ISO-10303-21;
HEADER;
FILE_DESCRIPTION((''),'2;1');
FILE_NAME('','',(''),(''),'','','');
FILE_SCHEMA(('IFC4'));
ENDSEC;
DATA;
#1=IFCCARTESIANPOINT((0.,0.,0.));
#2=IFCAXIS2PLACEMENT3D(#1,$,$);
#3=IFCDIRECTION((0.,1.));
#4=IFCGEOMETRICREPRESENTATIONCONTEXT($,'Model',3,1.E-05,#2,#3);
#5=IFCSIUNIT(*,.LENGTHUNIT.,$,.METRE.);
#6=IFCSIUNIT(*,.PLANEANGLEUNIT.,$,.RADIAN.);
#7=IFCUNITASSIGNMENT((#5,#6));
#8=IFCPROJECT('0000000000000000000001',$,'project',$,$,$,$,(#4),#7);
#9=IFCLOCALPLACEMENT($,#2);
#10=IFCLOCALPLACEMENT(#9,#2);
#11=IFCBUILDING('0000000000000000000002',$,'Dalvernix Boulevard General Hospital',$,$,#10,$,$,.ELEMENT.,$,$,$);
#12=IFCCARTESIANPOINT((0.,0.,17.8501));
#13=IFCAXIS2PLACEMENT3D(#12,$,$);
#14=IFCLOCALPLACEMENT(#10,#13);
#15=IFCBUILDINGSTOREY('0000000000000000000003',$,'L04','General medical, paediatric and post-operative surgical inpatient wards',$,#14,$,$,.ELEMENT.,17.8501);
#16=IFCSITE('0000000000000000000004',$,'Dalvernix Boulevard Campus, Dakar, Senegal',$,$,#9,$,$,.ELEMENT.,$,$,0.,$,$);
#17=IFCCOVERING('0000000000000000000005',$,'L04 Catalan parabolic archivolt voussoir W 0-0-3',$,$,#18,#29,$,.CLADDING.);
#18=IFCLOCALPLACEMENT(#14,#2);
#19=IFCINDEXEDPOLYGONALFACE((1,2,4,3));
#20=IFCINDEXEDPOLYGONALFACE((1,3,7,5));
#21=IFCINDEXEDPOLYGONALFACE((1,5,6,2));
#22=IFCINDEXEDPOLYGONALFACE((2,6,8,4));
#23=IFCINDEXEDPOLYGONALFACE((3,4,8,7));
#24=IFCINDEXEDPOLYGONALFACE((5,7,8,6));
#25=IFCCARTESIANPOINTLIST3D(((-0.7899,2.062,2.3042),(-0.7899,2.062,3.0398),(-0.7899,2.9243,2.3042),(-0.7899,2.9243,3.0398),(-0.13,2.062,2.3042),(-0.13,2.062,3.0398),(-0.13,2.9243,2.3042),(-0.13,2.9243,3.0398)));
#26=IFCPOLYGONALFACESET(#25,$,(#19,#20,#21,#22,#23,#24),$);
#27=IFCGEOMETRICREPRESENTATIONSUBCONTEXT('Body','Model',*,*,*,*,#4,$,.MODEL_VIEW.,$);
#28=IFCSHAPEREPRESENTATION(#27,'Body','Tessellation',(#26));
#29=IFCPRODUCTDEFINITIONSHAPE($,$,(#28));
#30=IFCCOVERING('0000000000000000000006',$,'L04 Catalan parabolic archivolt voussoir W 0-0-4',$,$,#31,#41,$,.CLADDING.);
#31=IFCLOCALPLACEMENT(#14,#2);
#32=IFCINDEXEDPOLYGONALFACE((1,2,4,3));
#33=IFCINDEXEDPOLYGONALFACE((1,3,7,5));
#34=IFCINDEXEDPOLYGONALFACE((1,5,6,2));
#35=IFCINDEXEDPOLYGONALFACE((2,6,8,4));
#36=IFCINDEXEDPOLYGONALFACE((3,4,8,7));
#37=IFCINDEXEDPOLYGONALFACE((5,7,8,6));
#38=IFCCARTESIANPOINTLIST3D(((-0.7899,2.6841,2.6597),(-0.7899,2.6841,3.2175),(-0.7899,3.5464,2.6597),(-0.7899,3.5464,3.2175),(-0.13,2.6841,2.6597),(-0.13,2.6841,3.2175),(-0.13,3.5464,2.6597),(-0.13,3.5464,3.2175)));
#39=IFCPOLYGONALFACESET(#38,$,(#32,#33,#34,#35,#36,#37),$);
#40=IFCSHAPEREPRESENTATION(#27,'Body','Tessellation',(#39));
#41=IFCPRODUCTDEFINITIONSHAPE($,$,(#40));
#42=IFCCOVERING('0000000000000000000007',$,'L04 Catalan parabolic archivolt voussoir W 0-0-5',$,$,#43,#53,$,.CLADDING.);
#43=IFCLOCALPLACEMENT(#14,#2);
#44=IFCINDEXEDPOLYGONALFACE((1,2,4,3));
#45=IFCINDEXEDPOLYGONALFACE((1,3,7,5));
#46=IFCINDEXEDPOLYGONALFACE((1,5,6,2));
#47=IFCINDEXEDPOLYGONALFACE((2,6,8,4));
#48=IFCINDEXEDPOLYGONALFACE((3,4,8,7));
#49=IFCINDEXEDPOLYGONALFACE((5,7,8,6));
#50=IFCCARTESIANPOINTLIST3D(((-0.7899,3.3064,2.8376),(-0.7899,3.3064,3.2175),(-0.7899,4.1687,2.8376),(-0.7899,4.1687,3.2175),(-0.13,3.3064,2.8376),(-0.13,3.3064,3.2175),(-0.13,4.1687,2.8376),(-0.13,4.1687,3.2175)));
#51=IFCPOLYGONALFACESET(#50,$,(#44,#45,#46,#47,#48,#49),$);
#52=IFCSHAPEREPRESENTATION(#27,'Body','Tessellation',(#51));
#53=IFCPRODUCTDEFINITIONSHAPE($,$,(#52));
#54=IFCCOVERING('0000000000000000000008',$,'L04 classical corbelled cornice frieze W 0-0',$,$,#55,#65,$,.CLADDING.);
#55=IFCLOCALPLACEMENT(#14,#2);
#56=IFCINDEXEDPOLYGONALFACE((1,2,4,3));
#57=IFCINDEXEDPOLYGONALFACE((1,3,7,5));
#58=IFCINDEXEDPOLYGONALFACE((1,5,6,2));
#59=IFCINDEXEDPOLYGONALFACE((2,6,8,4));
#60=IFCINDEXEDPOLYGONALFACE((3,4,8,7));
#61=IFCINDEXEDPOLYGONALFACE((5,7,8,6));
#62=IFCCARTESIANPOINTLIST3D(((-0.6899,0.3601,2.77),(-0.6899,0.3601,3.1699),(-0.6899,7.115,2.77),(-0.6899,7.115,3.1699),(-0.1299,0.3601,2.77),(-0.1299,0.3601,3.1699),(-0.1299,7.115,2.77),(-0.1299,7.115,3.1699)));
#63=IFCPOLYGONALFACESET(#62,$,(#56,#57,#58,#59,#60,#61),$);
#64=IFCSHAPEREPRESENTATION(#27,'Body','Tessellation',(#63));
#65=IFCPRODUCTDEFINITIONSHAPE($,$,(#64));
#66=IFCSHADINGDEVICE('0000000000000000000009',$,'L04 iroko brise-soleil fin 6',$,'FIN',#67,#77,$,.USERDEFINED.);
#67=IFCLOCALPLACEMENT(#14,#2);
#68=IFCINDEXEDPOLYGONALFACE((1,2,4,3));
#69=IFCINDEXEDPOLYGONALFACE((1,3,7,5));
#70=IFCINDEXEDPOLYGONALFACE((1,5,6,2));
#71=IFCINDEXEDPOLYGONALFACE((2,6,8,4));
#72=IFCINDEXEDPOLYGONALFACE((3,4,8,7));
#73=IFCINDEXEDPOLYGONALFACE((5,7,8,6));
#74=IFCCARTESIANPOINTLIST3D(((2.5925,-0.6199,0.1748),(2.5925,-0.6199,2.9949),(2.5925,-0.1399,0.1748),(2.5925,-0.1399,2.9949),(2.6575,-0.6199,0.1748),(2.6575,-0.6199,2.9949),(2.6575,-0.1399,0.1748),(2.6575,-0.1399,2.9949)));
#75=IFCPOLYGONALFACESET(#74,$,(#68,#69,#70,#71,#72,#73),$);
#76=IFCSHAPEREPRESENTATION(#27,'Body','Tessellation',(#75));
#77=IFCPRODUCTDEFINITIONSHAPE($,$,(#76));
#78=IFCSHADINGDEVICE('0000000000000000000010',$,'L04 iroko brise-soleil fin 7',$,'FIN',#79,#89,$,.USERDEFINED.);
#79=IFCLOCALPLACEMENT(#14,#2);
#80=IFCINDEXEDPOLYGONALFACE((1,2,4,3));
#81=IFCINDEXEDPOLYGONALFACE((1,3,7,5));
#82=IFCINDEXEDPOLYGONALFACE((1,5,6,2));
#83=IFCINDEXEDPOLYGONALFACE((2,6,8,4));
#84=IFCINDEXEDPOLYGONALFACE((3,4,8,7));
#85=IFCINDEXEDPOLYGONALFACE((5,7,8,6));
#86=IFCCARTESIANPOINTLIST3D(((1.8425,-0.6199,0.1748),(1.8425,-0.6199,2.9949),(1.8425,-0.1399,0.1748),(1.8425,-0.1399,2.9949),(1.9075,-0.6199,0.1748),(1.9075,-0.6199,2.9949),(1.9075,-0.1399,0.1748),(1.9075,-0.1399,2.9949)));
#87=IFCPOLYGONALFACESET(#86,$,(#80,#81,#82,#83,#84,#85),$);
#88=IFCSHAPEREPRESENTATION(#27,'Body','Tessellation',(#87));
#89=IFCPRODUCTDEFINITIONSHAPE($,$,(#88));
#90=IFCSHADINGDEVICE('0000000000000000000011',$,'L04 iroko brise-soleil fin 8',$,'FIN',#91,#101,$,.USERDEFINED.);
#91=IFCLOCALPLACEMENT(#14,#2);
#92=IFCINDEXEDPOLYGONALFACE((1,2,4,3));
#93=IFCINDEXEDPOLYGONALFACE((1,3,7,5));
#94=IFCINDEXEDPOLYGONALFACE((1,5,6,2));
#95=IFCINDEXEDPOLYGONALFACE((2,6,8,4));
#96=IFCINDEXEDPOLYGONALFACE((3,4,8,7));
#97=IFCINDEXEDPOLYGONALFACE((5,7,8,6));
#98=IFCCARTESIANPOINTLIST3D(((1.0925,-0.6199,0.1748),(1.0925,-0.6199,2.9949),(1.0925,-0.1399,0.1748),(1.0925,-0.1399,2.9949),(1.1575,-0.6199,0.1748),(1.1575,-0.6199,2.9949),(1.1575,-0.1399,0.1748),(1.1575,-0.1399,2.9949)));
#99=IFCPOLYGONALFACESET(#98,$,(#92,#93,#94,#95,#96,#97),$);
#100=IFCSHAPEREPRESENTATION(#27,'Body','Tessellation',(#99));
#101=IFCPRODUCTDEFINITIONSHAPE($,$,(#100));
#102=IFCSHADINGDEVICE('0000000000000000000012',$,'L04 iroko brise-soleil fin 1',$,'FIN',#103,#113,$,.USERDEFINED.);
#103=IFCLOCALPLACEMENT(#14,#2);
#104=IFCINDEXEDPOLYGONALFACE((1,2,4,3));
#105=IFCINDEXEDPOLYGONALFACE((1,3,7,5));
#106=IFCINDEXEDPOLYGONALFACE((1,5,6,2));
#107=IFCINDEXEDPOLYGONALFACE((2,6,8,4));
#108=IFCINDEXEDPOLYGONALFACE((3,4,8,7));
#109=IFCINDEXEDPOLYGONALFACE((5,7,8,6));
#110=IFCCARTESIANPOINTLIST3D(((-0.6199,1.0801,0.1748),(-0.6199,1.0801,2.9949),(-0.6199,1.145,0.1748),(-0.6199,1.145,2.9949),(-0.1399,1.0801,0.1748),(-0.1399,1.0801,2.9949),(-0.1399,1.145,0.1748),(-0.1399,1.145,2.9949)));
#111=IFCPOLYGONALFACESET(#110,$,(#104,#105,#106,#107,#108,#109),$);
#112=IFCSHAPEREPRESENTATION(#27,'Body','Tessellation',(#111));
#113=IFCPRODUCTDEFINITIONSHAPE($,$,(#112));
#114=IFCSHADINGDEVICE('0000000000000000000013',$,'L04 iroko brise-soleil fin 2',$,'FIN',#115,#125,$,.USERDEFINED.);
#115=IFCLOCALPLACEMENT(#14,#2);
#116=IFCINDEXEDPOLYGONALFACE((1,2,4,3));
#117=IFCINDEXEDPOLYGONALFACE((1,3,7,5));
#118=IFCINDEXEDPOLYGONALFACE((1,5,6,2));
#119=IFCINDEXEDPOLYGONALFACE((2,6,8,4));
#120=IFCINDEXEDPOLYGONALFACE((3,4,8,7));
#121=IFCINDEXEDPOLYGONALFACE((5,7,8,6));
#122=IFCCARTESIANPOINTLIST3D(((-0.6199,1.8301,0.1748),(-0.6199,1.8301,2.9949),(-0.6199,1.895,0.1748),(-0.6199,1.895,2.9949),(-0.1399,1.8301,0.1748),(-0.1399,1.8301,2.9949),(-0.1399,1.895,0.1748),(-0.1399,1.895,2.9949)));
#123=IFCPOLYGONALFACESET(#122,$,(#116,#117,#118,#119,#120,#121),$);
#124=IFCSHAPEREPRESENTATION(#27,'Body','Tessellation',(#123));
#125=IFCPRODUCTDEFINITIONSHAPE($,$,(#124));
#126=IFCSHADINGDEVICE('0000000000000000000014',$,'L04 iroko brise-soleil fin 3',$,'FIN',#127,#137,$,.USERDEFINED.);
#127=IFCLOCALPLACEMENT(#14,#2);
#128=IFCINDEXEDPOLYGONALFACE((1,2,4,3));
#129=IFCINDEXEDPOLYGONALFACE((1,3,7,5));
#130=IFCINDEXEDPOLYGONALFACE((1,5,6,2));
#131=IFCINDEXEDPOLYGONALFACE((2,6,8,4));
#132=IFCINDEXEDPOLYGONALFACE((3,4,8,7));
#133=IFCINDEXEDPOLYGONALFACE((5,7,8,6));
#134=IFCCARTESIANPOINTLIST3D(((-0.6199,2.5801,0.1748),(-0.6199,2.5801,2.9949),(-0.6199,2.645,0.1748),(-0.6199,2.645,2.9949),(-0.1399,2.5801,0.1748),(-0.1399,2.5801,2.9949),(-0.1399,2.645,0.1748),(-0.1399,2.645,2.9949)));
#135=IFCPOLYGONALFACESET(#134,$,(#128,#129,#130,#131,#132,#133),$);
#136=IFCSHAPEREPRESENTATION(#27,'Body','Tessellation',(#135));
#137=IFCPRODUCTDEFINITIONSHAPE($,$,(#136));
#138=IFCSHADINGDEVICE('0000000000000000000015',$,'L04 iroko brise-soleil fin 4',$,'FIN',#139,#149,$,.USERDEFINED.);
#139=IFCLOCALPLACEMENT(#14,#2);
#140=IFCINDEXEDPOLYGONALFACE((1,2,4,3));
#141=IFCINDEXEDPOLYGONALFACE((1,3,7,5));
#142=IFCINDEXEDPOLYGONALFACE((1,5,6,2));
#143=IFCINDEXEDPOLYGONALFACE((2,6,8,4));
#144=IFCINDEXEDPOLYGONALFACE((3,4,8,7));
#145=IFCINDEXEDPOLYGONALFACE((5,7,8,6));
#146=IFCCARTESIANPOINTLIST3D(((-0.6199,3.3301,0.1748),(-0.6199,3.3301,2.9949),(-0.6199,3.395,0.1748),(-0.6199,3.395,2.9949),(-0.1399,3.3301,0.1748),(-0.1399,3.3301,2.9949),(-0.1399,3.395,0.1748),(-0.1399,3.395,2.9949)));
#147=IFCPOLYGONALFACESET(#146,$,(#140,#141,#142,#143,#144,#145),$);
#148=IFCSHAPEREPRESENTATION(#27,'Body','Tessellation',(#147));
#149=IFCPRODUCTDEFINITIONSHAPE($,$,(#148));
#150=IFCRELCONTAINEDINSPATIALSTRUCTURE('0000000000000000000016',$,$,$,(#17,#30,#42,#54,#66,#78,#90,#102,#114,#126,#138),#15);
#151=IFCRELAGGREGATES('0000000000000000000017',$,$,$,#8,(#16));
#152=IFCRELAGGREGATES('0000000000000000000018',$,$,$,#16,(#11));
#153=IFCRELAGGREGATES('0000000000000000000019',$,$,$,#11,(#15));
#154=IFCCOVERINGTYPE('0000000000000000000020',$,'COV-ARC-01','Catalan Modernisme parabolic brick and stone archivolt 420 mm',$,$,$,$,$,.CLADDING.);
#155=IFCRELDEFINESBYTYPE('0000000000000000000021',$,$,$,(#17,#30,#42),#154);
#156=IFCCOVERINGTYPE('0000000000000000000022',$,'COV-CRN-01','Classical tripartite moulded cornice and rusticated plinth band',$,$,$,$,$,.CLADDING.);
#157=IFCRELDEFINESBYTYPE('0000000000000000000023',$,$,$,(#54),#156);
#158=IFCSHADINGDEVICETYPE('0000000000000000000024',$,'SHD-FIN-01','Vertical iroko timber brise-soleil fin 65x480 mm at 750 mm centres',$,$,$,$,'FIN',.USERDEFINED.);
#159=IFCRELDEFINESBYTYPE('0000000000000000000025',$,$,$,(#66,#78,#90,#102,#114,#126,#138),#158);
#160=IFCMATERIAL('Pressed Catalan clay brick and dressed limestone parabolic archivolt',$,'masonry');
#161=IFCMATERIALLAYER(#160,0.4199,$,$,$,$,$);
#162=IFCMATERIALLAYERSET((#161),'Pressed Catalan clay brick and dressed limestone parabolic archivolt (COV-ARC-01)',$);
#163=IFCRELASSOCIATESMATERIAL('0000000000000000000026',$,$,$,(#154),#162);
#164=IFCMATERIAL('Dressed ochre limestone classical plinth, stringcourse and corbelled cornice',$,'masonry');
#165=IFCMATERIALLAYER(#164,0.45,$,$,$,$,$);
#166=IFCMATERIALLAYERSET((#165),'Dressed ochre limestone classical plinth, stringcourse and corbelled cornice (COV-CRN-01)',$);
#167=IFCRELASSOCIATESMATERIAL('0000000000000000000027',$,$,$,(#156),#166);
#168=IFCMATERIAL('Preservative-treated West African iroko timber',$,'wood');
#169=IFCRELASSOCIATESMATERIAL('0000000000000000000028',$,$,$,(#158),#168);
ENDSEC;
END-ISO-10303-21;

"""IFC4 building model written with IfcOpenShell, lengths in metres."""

from ifc_helpers import new_model, si_unit, direction, frame, origin, origin_2d, place, context, subcontext, project, spatial, rectangle, extrude, material, layer, layer_set, type_object, element, save


model = new_model("IFC4")

# Units and contexts
model_context = context("Model", 3, precision=1e-05, world=origin(), true_north=direction((0.0, 1.0)))
body_context = subcontext(model_context, "Body", "Model", "MODEL_VIEW")
ifc_project = project(units=[si_unit("LENGTHUNIT", "METRE"), si_unit("PLANEANGLEUNIT", "RADIAN")], contexts=[model_context])

# Site, building, storey
site_placement = place(None, origin())
site = spatial("IfcSite", under=ifc_project, at=site_placement, Name="Dalvernix Boulevard Campus, Dakar, Senegal", CompositionType="ELEMENT", RefElevation=0.0)
building_placement = place(site_placement, origin())
building = spatial("IfcBuilding", under=site, at=building_placement, Name="Dalvernix Boulevard General Hospital", CompositionType="ELEMENT")
storey_placement = place(building_placement, frame((0.0, 0.0, 17.8501)))
storey = spatial("IfcBuildingStorey", under=building, at=storey_placement, Name="L04", Description="General medical, paediatric and post-operative surgical inpatient wards", CompositionType="ELEMENT", Elevation=17.8501)

# Coverings
ifc_material_1 = material(Name="Pressed Catalan clay brick and dressed limestone parabolic archivolt", Category="masonry")
ifc_layer_1 = layer(ifc_material_1, 0.4199)
ifc_layer_set_1 = layer_set([ifc_layer_1], Name="Pressed Catalan clay brick and dressed limestone parabolic archivolt (COV-ARC-01)")
covering_type_1 = type_object("IfcCoveringType", Name="COV-ARC-01", Description="Catalan Modernisme parabolic brick and stone archivolt 420 mm", PredefinedType="CLADDING", material=ifc_layer_set_1)
covering_1_placement = place(storey_placement, frame((-0.46, 2.4932, 2.3042), z_axis=(0.0, 0.0, 1.0), x_axis=(0.0, 1.0, 0.0)))
element("IfcCovering", 1, at=covering_1_placement, inside=storey, type_object=covering_type_1, Name="L04 Catalan parabolic archivolt voussoir W 0-0-3", PredefinedType="CLADDING", context=body_context, shape_type="SweptSolid", body=[
    extrude(rectangle(XDim=0.8623, YDim=0.6599, at=origin_2d()), origin(), (0.0, 0.0, 1.0), 0.7356),
])
covering_2_placement = place(storey_placement, frame((-0.46, 3.1152, 2.6597), z_axis=(0.0, 0.0, 1.0), x_axis=(0.0, 1.0, 0.0)))
element("IfcCovering", 2, at=covering_2_placement, inside=storey, type_object=covering_type_1, Name="L04 Catalan parabolic archivolt voussoir W 0-0-4", PredefinedType="CLADDING", context=body_context, shape_type="SweptSolid", body=[
    extrude(rectangle(XDim=0.8623, YDim=0.6599, at=origin_2d()), origin(), (0.0, 0.0, 1.0), 0.5579),
])
covering_3_placement = place(storey_placement, frame((-0.46, 3.7375, 2.8376), z_axis=(0.0, 0.0, 1.0), x_axis=(0.0, 1.0, 0.0)))
element("IfcCovering", 3, at=covering_3_placement, inside=storey, type_object=covering_type_1, Name="L04 Catalan parabolic archivolt voussoir W 0-0-5", PredefinedType="CLADDING", context=body_context, shape_type="SweptSolid", body=[
    extrude(rectangle(XDim=0.8623, YDim=0.6599, at=origin_2d()), origin(), (0.0, 0.0, 1.0), 0.3799),
])
ifc_material_2 = material(Name="Dressed ochre limestone classical plinth, stringcourse and corbelled cornice", Category="masonry")
ifc_layer_2 = layer(ifc_material_2, 0.45)
ifc_layer_set_2 = layer_set([ifc_layer_2], Name="Dressed ochre limestone classical plinth, stringcourse and corbelled cornice (COV-CRN-01)")
covering_type_2 = type_object("IfcCoveringType", Name="COV-CRN-01", Description="Classical tripartite moulded cornice and rusticated plinth band", PredefinedType="CLADDING", material=ifc_layer_set_2)
covering_4_placement = place(storey_placement, frame((-0.4099, 3.7375, 2.77), z_axis=(0.0, 0.0, 1.0), x_axis=(0.0, 1.0, 0.0)))
element("IfcCovering", 4, at=covering_4_placement, inside=storey, type_object=covering_type_2, Name="L04 classical corbelled cornice frieze W 0-0", PredefinedType="CLADDING", context=body_context, shape_type="SweptSolid", body=[
    extrude(rectangle(XDim=6.7549, YDim=0.5601, at=origin_2d()), origin(), (0.0, 0.0, 1.0), 0.3999),
])

# Shading devices
ifc_material_3 = material(Name="Preservative-treated West African iroko timber", Category="wood")
shading_device_type = type_object("IfcShadingDeviceType", Name="SHD-FIN-01", Description="Vertical iroko timber brise-soleil fin 65x480 mm at 750 mm centres", ElementType="FIN", PredefinedType="USERDEFINED", material=ifc_material_3)
for number, where, z_axis, x_axis, name in (
    (5, (2.625, -0.3799, 0.1748), (0.0, 0.0, 1.0), (-1.0, 0.0, 0.0), "L04 iroko brise-soleil fin 6"),
    (6, (1.875, -0.3799, 0.1748), (0.0, 0.0, 1.0), (-1.0, 0.0, 0.0), "L04 iroko brise-soleil fin 7"),
    (7, (1.125, -0.3799, 0.1748), (0.0, 0.0, 1.0), (-1.0, 0.0, 0.0), "L04 iroko brise-soleil fin 8"),
    (8, (-0.3799, 1.1125, 0.1748), (0.0, 0.0, 1.0), (0.0, 1.0, 0.0), "L04 iroko brise-soleil fin 1"),
    (9, (-0.3799, 1.8625, 0.1748), (0.0, 0.0, 1.0), (0.0, 1.0, 0.0), "L04 iroko brise-soleil fin 2"),
    (10, (-0.3799, 2.6125, 0.1748), (0.0, 0.0, 1.0), (0.0, 1.0, 0.0), "L04 iroko brise-soleil fin 3"),
    (11, (-0.3799, 3.3625, 0.1748), (0.0, 0.0, 1.0), (0.0, 1.0, 0.0), "L04 iroko brise-soleil fin 4"),
):
    element("IfcShadingDevice", number, at=place(storey_placement, frame(where, z_axis=z_axis, x_axis=x_axis)), inside=storey, type_object=shading_device_type, Name=name, ObjectType="FIN", PredefinedType="USERDEFINED", context=body_context, shape_type="SweptSolid", body=[
        extrude(rectangle(XDim=0.0649, YDim=0.48, at=origin_2d()), origin(), (0.0, 0.0, 1.0), 2.8201),
    ])

save(model, "model.ifc")
